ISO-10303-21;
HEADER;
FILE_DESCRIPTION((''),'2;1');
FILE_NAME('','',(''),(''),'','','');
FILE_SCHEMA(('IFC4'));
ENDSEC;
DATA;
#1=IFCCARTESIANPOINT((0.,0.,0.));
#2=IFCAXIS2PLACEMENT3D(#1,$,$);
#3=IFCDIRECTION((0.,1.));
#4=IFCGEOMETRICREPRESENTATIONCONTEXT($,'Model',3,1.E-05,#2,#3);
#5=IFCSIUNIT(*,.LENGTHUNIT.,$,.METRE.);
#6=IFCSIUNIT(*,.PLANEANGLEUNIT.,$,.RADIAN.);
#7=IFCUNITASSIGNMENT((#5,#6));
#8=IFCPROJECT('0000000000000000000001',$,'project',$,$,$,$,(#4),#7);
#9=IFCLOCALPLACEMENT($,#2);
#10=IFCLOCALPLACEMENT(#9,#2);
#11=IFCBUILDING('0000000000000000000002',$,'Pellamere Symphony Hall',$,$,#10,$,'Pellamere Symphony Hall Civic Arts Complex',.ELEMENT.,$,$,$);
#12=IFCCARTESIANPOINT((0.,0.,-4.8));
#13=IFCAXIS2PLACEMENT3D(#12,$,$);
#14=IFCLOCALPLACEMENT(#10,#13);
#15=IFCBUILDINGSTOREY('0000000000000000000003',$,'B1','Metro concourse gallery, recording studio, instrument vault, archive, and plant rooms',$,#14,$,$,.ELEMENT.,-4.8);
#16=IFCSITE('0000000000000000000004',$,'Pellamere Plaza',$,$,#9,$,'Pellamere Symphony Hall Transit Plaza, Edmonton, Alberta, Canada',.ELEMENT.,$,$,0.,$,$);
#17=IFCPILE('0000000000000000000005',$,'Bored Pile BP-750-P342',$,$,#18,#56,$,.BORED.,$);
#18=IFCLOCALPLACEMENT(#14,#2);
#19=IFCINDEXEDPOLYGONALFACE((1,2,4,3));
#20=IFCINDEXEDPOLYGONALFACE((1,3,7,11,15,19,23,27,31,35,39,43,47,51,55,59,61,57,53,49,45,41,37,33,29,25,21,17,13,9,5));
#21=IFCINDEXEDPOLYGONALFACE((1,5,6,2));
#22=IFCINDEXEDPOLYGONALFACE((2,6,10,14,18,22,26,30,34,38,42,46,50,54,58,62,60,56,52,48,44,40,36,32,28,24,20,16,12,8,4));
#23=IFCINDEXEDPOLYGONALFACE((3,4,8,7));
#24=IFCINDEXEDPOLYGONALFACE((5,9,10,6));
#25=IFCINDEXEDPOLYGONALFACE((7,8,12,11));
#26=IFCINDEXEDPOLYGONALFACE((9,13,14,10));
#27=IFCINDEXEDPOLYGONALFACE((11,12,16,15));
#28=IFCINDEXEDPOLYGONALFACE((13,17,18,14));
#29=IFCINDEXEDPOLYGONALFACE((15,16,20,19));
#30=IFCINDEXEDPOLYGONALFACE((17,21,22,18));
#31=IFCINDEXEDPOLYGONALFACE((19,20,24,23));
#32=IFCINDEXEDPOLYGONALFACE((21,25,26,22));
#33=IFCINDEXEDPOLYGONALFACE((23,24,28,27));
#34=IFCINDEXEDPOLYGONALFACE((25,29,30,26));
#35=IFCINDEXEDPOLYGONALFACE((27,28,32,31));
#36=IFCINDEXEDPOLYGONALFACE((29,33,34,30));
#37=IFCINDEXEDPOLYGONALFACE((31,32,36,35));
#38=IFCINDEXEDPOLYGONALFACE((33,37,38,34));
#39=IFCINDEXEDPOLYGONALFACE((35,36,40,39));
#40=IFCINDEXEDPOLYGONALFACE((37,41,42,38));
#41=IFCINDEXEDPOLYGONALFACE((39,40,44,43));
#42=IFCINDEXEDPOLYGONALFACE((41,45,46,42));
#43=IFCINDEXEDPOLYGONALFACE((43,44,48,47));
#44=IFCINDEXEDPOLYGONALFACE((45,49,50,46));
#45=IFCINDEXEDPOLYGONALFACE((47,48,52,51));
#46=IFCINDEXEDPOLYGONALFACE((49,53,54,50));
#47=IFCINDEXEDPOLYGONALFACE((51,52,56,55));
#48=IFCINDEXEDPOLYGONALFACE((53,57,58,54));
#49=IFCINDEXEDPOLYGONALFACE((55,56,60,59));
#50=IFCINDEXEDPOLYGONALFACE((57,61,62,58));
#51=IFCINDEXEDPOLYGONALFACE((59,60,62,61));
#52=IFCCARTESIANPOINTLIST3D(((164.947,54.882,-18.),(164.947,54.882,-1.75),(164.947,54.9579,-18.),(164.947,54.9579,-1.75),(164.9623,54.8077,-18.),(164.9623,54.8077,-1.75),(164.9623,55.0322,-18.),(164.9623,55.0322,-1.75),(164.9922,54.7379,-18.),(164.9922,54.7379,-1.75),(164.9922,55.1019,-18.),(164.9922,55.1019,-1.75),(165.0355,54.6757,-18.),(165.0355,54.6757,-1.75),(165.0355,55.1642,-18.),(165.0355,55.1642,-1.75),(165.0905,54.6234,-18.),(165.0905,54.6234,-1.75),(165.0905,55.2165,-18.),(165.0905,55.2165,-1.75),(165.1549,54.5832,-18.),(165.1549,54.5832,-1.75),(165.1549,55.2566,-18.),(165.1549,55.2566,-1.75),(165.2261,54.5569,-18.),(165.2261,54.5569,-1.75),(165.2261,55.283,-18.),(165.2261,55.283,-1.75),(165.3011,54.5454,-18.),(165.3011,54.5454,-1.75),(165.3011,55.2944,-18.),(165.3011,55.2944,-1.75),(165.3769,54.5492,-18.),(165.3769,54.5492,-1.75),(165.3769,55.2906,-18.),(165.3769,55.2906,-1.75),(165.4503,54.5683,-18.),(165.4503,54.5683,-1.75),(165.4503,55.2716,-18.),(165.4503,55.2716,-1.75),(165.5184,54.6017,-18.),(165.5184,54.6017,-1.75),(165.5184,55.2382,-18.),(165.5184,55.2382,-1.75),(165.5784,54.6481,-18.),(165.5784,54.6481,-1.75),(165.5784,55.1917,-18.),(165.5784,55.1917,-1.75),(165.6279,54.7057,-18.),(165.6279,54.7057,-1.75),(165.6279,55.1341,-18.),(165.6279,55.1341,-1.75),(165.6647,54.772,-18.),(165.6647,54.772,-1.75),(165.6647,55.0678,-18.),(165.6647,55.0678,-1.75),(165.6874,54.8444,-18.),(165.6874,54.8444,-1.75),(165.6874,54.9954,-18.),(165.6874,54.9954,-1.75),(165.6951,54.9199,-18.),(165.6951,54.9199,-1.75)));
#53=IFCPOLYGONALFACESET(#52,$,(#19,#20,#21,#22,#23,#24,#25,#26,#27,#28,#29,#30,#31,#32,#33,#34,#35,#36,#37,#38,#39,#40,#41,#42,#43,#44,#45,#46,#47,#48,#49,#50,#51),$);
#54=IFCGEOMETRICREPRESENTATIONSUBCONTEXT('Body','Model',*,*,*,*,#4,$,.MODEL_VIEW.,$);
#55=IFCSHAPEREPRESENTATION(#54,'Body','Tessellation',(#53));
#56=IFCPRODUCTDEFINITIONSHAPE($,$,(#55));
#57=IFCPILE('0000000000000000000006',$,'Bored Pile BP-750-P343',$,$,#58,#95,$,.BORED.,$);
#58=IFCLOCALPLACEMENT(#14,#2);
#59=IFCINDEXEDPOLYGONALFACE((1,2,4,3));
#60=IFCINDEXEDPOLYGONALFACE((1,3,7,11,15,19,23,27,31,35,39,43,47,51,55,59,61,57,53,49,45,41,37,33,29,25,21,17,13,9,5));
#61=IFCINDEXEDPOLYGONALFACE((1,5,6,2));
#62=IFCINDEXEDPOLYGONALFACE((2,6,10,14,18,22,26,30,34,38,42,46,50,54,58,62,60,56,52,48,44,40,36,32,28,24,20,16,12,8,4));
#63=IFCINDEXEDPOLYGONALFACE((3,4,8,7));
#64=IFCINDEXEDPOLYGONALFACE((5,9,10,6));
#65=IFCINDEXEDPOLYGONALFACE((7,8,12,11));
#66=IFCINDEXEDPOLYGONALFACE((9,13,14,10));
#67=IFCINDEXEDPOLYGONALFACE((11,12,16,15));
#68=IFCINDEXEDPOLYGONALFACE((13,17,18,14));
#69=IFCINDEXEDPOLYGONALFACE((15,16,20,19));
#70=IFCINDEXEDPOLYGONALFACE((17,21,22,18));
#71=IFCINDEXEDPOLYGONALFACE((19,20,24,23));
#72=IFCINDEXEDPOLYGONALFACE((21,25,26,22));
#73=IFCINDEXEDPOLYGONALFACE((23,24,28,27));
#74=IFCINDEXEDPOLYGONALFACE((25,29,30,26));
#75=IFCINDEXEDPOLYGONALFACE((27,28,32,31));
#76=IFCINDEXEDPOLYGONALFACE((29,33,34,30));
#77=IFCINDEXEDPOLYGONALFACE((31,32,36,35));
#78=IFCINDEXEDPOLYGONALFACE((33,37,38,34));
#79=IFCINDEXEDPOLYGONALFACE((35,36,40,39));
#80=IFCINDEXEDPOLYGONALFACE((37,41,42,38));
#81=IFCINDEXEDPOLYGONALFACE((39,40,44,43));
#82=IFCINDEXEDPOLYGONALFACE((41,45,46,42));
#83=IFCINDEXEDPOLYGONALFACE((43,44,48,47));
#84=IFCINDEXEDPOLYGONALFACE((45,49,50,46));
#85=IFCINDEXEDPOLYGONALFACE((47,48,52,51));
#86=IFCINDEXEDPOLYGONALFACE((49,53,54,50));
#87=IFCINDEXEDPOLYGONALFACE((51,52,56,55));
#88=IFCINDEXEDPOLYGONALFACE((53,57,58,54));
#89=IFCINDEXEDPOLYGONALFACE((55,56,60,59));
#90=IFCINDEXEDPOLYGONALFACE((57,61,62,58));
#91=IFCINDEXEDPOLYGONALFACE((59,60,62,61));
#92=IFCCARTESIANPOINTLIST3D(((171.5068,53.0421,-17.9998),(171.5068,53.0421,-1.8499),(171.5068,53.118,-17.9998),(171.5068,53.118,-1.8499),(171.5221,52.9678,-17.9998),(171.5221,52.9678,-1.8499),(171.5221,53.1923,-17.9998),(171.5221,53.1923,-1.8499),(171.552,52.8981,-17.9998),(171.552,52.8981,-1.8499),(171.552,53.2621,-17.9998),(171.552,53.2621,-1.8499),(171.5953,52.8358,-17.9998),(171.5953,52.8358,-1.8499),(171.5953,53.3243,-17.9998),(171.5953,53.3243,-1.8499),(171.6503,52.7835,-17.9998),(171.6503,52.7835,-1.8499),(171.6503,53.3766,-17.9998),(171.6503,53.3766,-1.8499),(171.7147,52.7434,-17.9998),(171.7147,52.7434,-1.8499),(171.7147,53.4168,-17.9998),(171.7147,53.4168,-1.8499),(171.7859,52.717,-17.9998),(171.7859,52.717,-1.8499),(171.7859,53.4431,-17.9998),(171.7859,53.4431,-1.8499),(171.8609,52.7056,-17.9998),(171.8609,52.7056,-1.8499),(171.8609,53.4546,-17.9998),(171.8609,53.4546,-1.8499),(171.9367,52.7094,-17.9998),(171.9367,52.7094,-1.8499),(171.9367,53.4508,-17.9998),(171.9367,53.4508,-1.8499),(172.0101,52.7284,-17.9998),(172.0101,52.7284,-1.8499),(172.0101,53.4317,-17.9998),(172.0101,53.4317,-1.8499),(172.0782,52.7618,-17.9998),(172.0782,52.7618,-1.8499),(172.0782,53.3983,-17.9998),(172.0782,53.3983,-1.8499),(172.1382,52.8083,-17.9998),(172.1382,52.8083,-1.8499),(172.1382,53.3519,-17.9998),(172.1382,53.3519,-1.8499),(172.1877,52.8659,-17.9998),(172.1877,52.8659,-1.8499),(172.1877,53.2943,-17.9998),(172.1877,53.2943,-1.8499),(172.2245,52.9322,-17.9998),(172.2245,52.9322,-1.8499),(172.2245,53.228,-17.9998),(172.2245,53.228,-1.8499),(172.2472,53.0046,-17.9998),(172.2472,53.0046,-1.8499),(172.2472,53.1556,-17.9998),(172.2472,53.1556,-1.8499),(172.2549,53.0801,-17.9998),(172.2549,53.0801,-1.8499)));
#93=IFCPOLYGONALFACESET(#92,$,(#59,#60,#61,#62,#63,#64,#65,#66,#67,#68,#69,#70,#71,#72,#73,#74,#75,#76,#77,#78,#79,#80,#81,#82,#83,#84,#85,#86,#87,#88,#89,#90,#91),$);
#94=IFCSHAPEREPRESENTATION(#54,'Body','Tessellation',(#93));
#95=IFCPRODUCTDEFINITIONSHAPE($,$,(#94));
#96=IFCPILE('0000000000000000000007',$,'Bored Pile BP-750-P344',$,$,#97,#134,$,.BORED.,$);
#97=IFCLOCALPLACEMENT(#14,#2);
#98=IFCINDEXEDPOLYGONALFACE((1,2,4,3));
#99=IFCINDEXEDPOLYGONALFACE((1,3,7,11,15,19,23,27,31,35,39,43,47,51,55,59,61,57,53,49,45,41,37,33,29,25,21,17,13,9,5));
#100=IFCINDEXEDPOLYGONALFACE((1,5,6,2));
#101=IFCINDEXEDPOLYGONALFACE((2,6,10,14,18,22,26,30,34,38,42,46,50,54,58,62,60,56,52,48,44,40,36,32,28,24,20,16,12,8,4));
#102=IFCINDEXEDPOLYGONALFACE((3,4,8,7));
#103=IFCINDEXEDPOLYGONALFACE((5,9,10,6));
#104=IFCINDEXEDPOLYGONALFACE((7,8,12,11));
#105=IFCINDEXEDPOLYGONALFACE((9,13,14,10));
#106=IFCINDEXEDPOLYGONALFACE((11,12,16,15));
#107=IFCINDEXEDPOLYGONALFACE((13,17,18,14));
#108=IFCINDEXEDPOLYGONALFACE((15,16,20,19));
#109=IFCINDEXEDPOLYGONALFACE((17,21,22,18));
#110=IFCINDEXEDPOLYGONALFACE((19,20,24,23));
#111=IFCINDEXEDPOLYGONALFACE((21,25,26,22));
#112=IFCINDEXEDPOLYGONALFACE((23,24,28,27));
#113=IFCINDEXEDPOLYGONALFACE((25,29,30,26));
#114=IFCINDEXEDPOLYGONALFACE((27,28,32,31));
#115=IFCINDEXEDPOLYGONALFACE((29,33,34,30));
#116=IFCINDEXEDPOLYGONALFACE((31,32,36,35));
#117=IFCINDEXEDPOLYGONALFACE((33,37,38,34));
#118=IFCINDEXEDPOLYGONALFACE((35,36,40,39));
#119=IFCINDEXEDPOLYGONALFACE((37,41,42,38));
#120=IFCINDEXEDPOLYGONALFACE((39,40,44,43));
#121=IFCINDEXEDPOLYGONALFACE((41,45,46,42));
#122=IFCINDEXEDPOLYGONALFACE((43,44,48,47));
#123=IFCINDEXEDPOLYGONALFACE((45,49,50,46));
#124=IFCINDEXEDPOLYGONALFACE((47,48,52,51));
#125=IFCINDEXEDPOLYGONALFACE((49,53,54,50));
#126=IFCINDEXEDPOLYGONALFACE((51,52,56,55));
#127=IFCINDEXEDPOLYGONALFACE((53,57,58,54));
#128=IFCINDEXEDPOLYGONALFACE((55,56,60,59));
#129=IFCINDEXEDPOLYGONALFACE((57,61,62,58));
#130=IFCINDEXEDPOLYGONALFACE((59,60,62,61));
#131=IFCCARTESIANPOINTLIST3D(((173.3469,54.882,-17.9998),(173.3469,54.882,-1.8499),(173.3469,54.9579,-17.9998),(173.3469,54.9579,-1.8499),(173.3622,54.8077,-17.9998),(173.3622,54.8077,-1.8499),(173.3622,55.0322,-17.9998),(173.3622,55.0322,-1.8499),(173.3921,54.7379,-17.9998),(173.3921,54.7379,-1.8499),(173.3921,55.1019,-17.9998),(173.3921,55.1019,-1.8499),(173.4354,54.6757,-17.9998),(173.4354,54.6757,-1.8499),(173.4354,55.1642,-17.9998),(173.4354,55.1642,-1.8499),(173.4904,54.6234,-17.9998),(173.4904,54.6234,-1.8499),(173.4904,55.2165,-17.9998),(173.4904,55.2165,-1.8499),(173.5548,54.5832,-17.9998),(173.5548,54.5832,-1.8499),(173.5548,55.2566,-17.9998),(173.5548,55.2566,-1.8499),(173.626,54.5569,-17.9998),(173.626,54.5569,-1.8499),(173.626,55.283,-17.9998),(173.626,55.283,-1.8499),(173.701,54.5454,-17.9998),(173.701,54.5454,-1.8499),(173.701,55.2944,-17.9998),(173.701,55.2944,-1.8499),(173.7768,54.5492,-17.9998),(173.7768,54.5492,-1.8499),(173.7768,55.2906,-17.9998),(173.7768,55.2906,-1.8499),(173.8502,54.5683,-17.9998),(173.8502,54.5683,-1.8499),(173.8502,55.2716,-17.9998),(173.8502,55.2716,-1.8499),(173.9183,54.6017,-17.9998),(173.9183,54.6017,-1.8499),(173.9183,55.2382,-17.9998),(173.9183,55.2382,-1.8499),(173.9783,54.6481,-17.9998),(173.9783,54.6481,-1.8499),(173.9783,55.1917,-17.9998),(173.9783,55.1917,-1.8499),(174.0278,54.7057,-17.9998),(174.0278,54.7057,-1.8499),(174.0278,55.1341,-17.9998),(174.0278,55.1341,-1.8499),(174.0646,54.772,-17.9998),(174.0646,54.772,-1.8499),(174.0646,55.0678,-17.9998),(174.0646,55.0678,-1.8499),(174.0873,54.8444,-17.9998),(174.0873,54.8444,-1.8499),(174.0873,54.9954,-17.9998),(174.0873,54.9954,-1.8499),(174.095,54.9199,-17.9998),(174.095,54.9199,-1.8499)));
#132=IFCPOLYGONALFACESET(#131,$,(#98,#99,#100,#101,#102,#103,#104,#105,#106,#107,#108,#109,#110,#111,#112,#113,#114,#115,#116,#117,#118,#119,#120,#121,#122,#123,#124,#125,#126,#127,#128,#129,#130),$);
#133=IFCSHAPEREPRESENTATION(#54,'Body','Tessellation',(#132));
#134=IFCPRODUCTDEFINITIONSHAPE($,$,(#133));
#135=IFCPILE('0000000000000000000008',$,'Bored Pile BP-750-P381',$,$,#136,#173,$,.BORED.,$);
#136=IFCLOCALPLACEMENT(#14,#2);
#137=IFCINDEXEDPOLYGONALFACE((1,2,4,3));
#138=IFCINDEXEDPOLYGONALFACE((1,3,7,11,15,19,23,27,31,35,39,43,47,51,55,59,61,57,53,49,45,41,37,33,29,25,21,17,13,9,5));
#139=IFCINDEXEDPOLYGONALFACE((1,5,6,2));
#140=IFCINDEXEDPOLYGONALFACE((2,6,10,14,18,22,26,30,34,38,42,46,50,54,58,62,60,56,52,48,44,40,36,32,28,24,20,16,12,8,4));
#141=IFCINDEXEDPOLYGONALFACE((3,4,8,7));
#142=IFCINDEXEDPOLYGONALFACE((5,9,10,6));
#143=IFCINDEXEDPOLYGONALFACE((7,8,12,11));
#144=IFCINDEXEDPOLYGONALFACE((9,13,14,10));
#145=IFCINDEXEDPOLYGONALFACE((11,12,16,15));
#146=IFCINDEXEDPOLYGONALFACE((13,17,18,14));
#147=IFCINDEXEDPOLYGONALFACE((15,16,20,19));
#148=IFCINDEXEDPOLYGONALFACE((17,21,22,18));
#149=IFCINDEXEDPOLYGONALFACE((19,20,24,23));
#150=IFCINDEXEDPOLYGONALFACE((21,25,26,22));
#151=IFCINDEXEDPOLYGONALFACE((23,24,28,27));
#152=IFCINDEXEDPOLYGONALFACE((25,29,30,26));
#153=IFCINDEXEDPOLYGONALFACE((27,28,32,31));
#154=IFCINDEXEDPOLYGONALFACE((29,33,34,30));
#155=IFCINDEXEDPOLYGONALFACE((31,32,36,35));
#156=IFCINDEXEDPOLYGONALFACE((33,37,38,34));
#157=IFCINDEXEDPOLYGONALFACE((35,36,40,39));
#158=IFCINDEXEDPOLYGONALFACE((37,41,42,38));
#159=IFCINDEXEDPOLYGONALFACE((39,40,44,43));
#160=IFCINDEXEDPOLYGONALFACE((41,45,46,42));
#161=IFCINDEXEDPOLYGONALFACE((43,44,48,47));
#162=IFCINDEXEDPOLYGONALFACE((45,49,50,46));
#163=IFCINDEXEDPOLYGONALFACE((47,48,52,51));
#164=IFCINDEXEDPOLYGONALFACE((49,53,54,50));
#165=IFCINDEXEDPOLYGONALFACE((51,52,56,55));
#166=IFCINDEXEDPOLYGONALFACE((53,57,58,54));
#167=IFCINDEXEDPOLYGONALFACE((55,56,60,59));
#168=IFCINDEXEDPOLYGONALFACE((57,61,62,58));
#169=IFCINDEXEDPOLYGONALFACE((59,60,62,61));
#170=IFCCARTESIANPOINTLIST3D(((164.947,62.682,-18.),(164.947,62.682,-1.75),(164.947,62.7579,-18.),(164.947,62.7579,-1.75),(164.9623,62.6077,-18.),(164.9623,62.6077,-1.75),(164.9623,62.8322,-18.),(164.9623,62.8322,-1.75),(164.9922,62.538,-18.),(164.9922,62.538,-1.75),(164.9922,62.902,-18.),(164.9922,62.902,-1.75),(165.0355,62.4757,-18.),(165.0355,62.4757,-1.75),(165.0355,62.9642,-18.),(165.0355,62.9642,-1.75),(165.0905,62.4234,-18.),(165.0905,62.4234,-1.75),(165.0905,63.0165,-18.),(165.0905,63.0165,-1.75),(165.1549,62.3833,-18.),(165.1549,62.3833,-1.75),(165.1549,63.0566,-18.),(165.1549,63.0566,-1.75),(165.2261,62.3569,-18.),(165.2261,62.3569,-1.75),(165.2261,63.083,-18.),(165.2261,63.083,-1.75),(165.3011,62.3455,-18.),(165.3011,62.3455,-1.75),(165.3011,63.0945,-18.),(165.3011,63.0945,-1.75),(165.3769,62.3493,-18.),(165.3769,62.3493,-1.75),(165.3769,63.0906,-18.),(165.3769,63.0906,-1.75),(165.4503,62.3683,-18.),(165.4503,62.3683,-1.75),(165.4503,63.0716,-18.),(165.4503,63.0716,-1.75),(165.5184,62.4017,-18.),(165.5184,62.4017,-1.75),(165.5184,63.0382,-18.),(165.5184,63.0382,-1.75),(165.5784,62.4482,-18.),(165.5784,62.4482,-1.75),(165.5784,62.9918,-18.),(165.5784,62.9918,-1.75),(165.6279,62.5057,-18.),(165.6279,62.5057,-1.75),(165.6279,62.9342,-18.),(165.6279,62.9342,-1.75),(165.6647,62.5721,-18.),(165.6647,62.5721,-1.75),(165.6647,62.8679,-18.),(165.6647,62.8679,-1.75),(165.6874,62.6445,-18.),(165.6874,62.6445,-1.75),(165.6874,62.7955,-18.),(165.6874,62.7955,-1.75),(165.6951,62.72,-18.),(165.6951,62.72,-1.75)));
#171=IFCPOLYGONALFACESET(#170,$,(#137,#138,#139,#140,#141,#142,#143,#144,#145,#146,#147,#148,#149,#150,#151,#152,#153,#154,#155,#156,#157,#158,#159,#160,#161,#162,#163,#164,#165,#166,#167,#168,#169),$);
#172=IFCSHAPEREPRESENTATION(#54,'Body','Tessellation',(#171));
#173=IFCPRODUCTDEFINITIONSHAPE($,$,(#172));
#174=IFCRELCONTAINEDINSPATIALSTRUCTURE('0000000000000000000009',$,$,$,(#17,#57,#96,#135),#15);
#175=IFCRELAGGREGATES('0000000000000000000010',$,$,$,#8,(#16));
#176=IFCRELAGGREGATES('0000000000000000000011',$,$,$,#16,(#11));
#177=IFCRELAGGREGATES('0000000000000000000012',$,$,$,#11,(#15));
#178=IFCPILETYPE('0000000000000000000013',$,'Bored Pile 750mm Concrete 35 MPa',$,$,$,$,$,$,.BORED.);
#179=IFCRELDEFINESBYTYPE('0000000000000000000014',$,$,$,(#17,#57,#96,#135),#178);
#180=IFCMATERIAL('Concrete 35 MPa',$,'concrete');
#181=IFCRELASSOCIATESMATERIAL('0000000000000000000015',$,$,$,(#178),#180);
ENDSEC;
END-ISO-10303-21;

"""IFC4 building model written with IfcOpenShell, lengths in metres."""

from ifc_helpers import new_model, si_unit, direction, frame, origin, origin_2d, place, context, subcontext, project, spatial, circle, extrude, material, material_profile, profile_set, type_object, element, save


model = new_model("IFC4")

# Units and contexts
model_context = context("Model", 3, precision=1e-05, world=origin(), true_north=direction((0.0, 1.0)))
body_context = subcontext(model_context, "Body", "Model", "MODEL_VIEW")
ifc_project = project(units=[si_unit("LENGTHUNIT", "METRE"), si_unit("PLANEANGLEUNIT", "RADIAN")], contexts=[model_context])

# Site, building, storey
site_placement = place(None, origin())
site = spatial("IfcSite", under=ifc_project, at=site_placement, Name="Pellamere Plaza", LongName="Pellamere Symphony Hall Transit Plaza, Edmonton, Alberta, Canada", CompositionType="ELEMENT", RefElevation=0.0)
building_placement = place(site_placement, origin())
building = spatial("IfcBuilding", under=site, at=building_placement, Name="Pellamere Symphony Hall", LongName="Pellamere Symphony Hall Civic Arts Complex", CompositionType="ELEMENT")
storey_placement = place(building_placement, frame((0.0, 0.0, -4.8)))
storey = spatial("IfcBuildingStorey", under=building, at=storey_placement, Name="B1", Description="Metro concourse gallery, recording studio, instrument vault, archive, and plant rooms", CompositionType="ELEMENT", Elevation=-4.8)

# Piles
ifc_material_1 = material(Name="Concrete 35 MPa", Category="concrete")
ifc_material_profile_1 = material_profile(ifc_material_1, circle(Radius=0.375, at=origin_2d()), Name="PILE D750")
ifc_profile_set_1 = profile_set([ifc_material_profile_1], Name="Concrete 35 MPa")
pile_type_1 = type_object("IfcPileType", Name="Bored Pile 750mm Concrete 35 MPa", PredefinedType="BORED", material=ifc_profile_set_1)
pile_1_placement = place(storey_placement, frame((165.3201, 54.9199, -1.75), z_axis=(0.0, 0.0, -1.0), x_axis=(1.0, 0.0, 0.0)))
element("IfcPile", 1, at=pile_1_placement, inside=storey, type_object=pile_type_1, Name="Bored Pile BP-750-P342", PredefinedType="BORED", context=body_context, shape_type="SweptSolid", body=[
    extrude(circle(Radius=0.375, at=origin_2d()), origin(), (0.0, 0.0, 1.0), 16.25),
])
for number, where, z_axis, x_axis, name in (
    (2, (171.8799, 53.0801, -1.8499), (0.0, 0.0, -1.0), (1.0, 0.0, 0.0), "Bored Pile BP-750-P343"),
    (3, (173.72, 54.9199, -1.8499), (0.0, 0.0, -1.0), (1.0, 0.0, 0.0), "Bored Pile BP-750-P344"),
):
    element("IfcPile", number, at=place(storey_placement, frame(where, z_axis=z_axis, x_axis=x_axis)), inside=storey, type_object=pile_type_1, Name=name, PredefinedType="BORED", context=body_context, shape_type="SweptSolid", body=[
        extrude(circle(Radius=0.375, at=origin_2d()), origin(), (0.0, 0.0, 1.0), 16.1499),
    ])
pile_2_placement = place(storey_placement, frame((165.3201, 62.72, -1.75), z_axis=(0.0, 0.0, -1.0), x_axis=(1.0, 0.0, 0.0)))
element("IfcPile", 4, at=pile_2_placement, inside=storey, type_object=pile_type_1, Name="Bored Pile BP-750-P381", PredefinedType="BORED", context=body_context, shape_type="SweptSolid", body=[
    extrude(circle(Radius=0.375, at=origin_2d()), origin(), (0.0, 0.0, 1.0), 16.25),
])

save(model, "model.ifc")
